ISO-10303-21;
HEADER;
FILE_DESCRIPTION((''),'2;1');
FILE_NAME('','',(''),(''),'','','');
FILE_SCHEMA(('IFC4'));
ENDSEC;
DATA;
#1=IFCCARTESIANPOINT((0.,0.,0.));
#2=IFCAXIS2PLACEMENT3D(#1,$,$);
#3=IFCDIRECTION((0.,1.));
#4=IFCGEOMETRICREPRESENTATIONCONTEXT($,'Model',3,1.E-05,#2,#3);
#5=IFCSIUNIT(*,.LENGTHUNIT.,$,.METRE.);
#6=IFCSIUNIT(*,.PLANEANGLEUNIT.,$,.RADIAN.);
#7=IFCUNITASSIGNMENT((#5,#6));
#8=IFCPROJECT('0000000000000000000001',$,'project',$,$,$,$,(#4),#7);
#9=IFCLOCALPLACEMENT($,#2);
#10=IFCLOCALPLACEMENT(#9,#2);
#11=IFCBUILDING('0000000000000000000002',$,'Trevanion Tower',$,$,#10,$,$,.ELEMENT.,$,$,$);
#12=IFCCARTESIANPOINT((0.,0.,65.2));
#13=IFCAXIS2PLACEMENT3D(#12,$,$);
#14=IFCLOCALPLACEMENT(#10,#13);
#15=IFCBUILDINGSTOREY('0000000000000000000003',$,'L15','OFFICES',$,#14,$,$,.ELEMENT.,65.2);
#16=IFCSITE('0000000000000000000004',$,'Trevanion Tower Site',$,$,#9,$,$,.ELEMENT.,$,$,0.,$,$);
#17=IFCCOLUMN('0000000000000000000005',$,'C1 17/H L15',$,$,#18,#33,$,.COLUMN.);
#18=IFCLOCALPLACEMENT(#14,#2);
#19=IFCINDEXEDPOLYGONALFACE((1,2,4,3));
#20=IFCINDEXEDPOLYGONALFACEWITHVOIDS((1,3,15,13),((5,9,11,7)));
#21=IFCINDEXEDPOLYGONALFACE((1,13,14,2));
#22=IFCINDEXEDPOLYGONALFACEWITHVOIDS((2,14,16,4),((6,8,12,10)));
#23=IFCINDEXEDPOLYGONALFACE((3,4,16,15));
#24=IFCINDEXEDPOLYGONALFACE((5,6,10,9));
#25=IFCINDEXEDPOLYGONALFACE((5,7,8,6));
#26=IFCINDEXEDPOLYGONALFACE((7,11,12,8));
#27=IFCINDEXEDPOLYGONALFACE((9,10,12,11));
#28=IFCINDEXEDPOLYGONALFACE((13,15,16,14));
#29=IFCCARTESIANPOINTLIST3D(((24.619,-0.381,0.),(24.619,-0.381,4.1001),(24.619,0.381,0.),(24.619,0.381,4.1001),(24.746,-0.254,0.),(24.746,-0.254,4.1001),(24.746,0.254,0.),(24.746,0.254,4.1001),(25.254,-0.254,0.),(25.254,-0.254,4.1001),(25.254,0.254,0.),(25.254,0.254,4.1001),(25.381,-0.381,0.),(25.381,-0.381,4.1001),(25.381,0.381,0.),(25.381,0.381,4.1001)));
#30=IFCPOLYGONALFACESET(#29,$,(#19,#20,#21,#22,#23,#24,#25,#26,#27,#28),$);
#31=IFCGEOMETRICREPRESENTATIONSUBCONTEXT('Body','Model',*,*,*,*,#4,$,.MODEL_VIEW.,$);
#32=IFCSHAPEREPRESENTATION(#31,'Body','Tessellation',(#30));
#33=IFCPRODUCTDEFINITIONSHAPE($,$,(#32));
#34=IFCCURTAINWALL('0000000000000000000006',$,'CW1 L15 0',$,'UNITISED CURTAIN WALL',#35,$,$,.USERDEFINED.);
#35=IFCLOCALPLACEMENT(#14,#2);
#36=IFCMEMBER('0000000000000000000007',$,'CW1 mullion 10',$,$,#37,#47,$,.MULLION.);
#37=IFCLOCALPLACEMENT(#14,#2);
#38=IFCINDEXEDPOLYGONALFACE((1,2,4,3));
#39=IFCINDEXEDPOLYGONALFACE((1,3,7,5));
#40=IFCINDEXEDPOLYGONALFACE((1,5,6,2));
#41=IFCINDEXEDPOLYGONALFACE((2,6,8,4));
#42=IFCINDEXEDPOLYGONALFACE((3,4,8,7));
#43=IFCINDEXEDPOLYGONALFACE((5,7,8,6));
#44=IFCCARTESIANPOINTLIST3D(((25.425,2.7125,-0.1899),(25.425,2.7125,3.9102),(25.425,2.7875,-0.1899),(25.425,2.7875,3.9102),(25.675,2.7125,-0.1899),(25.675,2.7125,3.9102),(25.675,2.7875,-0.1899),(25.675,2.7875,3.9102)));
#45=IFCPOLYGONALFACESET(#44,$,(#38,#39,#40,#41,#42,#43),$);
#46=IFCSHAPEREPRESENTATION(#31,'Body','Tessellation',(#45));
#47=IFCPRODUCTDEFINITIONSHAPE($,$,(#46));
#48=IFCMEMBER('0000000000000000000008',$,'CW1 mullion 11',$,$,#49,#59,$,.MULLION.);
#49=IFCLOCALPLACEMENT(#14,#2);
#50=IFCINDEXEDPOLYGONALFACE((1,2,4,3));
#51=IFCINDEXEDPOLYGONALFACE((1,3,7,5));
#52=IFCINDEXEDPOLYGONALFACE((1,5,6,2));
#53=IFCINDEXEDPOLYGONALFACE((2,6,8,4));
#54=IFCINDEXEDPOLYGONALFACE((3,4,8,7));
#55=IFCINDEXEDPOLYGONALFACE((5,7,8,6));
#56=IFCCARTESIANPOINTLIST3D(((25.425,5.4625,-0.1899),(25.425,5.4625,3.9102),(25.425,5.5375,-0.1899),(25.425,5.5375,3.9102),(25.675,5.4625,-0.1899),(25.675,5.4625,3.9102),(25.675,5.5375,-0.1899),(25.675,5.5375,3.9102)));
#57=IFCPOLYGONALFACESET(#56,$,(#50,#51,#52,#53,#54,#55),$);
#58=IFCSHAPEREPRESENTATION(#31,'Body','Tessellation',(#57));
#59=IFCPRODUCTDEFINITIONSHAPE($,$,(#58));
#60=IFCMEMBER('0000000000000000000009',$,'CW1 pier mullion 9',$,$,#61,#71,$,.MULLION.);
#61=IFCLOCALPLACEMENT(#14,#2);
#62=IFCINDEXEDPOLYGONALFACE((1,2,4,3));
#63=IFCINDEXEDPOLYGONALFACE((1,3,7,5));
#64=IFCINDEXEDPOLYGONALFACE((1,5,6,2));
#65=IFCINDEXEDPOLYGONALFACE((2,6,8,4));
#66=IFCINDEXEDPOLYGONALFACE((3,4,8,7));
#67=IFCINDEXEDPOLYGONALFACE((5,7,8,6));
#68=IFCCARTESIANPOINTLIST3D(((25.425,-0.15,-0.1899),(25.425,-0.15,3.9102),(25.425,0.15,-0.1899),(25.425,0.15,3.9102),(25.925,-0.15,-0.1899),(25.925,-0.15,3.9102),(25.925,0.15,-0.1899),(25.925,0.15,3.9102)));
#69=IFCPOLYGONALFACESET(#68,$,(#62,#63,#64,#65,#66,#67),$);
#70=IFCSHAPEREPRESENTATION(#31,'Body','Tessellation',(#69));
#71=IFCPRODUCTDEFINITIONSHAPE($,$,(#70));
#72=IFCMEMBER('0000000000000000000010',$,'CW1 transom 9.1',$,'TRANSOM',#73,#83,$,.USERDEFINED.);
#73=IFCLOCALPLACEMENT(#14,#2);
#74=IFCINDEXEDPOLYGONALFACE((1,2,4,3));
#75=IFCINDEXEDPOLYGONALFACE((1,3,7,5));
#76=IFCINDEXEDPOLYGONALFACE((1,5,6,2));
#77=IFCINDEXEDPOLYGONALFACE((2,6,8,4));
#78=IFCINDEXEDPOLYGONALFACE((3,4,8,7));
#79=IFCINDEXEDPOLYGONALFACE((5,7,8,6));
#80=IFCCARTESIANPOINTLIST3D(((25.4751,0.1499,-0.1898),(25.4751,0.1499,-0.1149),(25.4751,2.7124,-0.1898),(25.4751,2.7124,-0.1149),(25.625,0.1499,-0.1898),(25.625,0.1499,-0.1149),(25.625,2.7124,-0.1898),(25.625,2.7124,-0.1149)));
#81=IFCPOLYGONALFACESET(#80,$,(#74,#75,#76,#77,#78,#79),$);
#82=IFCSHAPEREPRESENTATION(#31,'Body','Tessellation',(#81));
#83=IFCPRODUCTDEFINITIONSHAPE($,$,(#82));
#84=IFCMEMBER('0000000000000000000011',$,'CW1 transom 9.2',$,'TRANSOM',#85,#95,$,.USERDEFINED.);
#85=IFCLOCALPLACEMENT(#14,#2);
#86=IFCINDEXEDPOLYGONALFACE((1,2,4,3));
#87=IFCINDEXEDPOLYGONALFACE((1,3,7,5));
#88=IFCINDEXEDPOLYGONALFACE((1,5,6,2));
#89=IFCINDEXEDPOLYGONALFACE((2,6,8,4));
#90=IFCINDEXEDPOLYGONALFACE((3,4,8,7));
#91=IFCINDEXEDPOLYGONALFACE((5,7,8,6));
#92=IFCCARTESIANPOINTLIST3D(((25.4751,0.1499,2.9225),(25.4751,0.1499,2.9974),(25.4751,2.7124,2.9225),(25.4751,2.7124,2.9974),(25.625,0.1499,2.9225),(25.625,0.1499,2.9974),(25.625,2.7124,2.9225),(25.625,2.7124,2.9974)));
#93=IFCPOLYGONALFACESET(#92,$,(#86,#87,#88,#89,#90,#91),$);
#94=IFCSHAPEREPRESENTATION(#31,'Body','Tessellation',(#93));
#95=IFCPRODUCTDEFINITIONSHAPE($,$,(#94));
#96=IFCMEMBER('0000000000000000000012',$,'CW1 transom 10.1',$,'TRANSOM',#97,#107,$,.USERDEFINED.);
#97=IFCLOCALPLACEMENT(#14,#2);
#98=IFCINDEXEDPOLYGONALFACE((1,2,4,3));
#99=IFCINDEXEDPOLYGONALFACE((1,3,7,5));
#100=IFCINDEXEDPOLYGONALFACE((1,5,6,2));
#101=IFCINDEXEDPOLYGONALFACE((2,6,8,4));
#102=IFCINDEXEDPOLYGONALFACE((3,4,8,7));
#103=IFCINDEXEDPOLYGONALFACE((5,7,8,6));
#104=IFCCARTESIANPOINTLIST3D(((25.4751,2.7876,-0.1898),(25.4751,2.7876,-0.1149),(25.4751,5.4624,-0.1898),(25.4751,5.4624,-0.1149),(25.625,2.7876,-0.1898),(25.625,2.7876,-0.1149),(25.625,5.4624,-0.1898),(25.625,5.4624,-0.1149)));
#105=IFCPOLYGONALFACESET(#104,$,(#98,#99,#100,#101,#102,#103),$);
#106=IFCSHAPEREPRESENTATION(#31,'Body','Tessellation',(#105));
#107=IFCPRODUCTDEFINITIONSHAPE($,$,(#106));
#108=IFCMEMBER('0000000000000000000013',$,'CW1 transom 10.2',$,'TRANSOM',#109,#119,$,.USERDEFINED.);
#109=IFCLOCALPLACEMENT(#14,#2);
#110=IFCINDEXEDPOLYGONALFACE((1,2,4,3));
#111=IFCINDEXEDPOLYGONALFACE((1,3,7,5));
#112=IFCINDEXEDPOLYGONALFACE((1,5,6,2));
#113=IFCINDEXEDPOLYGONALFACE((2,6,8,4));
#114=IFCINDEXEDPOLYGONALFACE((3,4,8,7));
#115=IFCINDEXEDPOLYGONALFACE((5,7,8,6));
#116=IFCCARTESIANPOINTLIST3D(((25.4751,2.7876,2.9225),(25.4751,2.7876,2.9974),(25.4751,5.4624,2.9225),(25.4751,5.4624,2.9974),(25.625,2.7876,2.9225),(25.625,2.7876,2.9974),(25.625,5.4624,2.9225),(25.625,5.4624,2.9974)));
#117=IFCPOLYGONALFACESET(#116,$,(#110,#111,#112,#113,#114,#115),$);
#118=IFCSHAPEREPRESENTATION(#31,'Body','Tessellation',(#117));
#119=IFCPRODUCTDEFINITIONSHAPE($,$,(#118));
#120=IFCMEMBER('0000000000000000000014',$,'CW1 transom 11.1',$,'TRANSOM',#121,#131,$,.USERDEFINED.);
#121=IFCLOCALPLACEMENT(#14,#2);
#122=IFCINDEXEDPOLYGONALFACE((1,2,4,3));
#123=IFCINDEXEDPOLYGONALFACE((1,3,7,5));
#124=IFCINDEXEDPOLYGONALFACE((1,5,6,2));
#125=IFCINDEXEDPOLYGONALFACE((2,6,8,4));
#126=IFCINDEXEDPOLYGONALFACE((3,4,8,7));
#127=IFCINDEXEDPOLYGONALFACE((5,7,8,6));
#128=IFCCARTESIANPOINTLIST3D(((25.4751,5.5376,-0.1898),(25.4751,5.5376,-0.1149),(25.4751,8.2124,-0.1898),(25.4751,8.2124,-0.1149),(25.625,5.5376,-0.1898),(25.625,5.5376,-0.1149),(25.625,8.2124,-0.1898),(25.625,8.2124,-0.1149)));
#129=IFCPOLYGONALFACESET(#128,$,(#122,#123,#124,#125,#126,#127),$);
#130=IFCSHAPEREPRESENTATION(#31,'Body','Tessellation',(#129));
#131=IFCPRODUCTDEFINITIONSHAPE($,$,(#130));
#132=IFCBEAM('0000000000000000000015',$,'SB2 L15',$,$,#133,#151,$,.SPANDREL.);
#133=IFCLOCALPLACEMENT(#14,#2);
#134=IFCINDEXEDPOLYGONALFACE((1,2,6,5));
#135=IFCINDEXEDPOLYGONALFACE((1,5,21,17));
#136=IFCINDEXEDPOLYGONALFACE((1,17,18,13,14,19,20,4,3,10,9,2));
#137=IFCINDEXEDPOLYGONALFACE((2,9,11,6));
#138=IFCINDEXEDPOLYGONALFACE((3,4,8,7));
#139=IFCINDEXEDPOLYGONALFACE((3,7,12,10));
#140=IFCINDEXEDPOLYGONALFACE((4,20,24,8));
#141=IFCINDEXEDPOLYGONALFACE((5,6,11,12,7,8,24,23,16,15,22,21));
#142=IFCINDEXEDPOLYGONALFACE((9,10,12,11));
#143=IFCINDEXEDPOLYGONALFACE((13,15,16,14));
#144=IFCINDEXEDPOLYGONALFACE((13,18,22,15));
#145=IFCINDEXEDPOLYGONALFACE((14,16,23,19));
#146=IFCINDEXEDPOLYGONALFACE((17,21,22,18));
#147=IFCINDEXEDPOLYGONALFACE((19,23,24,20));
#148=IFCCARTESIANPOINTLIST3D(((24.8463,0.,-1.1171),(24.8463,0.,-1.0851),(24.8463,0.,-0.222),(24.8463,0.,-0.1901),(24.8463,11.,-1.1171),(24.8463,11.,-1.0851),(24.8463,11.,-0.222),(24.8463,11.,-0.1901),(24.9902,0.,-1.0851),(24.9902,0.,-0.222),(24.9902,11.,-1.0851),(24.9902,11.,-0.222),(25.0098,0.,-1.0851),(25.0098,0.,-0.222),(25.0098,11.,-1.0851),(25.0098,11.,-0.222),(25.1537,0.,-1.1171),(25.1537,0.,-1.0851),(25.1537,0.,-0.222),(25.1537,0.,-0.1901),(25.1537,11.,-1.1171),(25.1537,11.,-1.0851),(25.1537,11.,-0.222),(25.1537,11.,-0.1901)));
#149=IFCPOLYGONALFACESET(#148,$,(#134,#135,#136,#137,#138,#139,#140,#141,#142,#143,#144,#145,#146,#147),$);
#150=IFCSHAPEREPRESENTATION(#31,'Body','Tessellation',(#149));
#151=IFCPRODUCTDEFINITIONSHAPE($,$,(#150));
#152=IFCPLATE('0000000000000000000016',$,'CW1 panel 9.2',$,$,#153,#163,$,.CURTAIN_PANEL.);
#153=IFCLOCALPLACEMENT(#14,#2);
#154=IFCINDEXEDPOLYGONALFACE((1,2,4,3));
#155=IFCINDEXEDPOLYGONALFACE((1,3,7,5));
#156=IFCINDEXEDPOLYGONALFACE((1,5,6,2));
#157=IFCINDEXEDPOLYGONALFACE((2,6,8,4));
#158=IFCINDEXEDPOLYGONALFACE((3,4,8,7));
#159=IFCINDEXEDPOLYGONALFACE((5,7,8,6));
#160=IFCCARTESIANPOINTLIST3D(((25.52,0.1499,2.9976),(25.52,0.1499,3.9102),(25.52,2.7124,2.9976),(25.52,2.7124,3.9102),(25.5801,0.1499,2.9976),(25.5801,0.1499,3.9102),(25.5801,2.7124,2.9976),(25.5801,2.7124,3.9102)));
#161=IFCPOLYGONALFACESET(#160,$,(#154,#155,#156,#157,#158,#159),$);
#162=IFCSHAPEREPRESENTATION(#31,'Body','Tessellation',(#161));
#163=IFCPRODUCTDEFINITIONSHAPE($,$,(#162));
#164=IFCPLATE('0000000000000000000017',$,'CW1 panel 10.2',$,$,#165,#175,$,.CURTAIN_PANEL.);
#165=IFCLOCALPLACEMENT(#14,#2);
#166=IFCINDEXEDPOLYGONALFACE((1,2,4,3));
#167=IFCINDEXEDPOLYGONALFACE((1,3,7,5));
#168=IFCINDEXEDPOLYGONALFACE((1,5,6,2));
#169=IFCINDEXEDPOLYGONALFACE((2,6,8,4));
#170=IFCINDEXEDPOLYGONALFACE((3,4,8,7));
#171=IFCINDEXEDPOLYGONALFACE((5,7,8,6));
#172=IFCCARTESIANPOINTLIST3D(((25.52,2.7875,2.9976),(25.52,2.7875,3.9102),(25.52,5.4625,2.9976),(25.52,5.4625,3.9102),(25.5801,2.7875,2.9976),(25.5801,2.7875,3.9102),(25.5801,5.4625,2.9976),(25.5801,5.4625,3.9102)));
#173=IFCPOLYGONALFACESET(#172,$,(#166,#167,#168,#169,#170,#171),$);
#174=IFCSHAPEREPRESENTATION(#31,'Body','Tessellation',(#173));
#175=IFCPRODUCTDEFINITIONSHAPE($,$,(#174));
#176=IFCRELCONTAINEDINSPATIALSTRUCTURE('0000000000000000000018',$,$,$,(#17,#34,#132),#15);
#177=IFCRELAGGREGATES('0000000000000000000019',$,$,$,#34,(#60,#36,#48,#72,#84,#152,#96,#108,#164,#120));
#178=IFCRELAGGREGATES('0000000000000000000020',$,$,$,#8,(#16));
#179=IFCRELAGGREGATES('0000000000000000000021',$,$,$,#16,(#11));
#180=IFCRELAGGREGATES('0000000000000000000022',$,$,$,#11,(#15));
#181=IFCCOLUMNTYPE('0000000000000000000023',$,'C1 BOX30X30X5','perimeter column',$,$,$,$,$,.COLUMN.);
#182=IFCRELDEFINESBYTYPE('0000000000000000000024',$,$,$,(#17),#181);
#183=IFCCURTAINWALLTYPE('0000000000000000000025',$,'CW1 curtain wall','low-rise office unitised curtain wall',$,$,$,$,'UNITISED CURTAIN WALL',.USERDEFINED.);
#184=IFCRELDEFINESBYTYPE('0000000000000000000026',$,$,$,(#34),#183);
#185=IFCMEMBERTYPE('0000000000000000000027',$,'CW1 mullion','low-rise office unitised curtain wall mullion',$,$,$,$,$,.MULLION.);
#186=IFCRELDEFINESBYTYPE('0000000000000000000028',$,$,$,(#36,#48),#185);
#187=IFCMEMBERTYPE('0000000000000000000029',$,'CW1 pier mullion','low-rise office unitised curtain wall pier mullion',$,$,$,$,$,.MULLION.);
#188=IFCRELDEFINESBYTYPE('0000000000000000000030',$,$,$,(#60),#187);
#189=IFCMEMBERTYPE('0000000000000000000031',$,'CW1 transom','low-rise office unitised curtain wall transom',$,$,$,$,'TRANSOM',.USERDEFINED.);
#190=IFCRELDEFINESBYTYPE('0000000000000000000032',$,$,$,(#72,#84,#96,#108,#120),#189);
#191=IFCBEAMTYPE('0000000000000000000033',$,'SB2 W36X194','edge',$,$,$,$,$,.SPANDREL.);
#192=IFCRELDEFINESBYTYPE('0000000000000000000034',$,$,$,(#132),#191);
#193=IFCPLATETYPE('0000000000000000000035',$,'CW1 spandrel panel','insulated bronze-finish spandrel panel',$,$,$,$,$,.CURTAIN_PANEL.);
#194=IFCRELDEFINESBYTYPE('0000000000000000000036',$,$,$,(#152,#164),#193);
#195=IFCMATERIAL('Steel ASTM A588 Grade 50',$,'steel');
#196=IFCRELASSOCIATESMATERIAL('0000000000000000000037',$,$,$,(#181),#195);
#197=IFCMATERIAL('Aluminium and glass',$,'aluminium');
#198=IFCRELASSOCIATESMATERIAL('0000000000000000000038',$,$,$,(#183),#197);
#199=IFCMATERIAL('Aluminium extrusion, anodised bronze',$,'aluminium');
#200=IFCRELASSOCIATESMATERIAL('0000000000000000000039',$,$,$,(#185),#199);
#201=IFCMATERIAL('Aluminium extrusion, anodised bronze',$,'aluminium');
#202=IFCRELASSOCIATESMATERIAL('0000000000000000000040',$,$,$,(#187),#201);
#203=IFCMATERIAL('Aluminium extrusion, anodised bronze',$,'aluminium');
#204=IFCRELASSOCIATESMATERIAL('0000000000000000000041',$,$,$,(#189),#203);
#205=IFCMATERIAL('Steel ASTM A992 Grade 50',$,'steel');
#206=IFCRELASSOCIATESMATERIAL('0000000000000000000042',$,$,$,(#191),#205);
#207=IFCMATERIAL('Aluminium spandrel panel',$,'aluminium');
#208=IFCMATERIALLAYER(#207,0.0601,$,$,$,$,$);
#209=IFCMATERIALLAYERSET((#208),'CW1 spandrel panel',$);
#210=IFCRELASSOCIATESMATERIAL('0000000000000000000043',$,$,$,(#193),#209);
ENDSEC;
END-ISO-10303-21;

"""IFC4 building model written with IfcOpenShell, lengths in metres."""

from ifc_helpers import new_model, si_unit, direction, frame, origin, origin_2d, place, context, subcontext, project, spatial, rectangle, hollow_rectangle, i_section, extrude, material, layer, layer_set, material_profile, profile_set, type_object, element, aggregate, save


model = new_model("IFC4")

# Units and contexts
model_context = context("Model", 3, precision=1e-05, world=origin(), true_north=direction((0.0, 1.0)))
body_context = subcontext(model_context, "Body", "Model", "MODEL_VIEW")
ifc_project = project(units=[si_unit("LENGTHUNIT", "METRE"), si_unit("PLANEANGLEUNIT", "RADIAN")], contexts=[model_context])

# Site, building, storey
site_placement = place(None, origin())
site = spatial("IfcSite", under=ifc_project, at=site_placement, Name="Trevanion Tower Site", CompositionType="ELEMENT", RefElevation=0.0)
building_placement = place(site_placement, origin())
building = spatial("IfcBuilding", under=site, at=building_placement, Name="Trevanion Tower", CompositionType="ELEMENT")
storey_placement = place(building_placement, frame((0.0, 0.0, 65.2)))
storey = spatial("IfcBuildingStorey", under=building, at=storey_placement, Name="L15", Description="OFFICES", CompositionType="ELEMENT", Elevation=65.2)

# Column
ifc_material_1 = material(Name="Steel ASTM A588 Grade 50", Category="steel")
ifc_material_profile_1 = material_profile(ifc_material_1, hollow_rectangle(XDim=0.762, YDim=0.762, WallThickness=0.127, at=origin_2d()), Name="BOX30X30X5")
ifc_profile_set_1 = profile_set([ifc_material_profile_1], Name="Steel ASTM A588 Grade 50")
column_type = type_object("IfcColumnType", Name="C1 BOX30X30X5", Description="perimeter column", PredefinedType="COLUMN", material=ifc_profile_set_1)
column_placement = place(storey_placement, frame((25.0, 0.0, 0.0), z_axis=(0.0, 0.0, 1.0), x_axis=(0.0, 1.0, 0.0)))
element("IfcColumn", 1, at=column_placement, inside=storey, type_object=column_type, Name="C1 17/H L15", PredefinedType="COLUMN", context=body_context, shape_type="SweptSolid", body=[
    extrude(hollow_rectangle(XDim=0.762, YDim=0.762, WallThickness=0.127, at=origin_2d()), origin(), (0.0, 0.0, 1.0), 4.1001),
])

# Curtain wall, members
ifc_material_2 = material(Name="Aluminium and glass", Category="aluminium")
curtain_wall_type = type_object("IfcCurtainWallType", Name="CW1 curtain wall", Description="low-rise office unitised curtain wall", ElementType="UNITISED CURTAIN WALL", PredefinedType="USERDEFINED", material=ifc_material_2)
curtain_wall_placement = place(storey_placement, origin())
curtain_wall = element("IfcCurtainWall", 2, at=curtain_wall_placement, inside=storey, type_object=curtain_wall_type, Name="CW1 L15 0", ObjectType="UNITISED CURTAIN WALL", PredefinedType="USERDEFINED")
ifc_material_3 = material(Name="Aluminium extrusion, anodised bronze", Category="aluminium")
ifc_material_profile_2 = material_profile(ifc_material_3, rectangle(XDim=0.075, YDim=0.25, at=origin_2d()), Name="CW1 mullion")
ifc_profile_set_2 = profile_set([ifc_material_profile_2], Name="Aluminium extrusion, anodised bronze")
member_type_1 = type_object("IfcMemberType", Name="CW1 mullion", Description="low-rise office unitised curtain wall mullion", PredefinedType="MULLION", material=ifc_profile_set_2)
member_1_placement = place(storey_placement, frame((25.55, 2.75, -0.1899), z_axis=(0.0, 0.0, 1.0), x_axis=(0.0, 1.0, 0.0)))
member_1 = element("IfcMember", 3, at=member_1_placement, type_object=member_type_1, Name="CW1 mullion 10", PredefinedType="MULLION", context=body_context, shape_type="SweptSolid", body=[
    extrude(rectangle(XDim=0.075, YDim=0.25, at=origin_2d()), origin(), (0.0, 0.0, 1.0), 4.1001),
])
member_2_placement = place(storey_placement, frame((25.55, 5.5, -0.1899), z_axis=(0.0, 0.0, 1.0), x_axis=(0.0, 1.0, 0.0)))
member_2 = element("IfcMember", 4, at=member_2_placement, type_object=member_type_1, Name="CW1 mullion 11", PredefinedType="MULLION", context=body_context, shape_type="SweptSolid", body=[
    extrude(rectangle(XDim=0.075, YDim=0.25, at=origin_2d()), origin(), (0.0, 0.0, 1.0), 4.1001),
])
ifc_material_4 = material(Name="Aluminium extrusion, anodised bronze", Category="aluminium")
ifc_material_profile_3 = material_profile(ifc_material_4, rectangle(XDim=0.3, YDim=0.5, at=origin_2d()), Name="CW1 pier mullion")
ifc_profile_set_3 = profile_set([ifc_material_profile_3], Name="Aluminium extrusion, anodised bronze")
member_type_2 = type_object("IfcMemberType", Name="CW1 pier mullion", Description="low-rise office unitised curtain wall pier mullion", PredefinedType="MULLION", material=ifc_profile_set_3)
member_3_placement = place(storey_placement, frame((25.675, 0.0, -0.1899), z_axis=(0.0, 0.0, 1.0), x_axis=(0.0, 1.0, 0.0)))
member_3 = element("IfcMember", 5, at=member_3_placement, type_object=member_type_2, Name="CW1 pier mullion 9", PredefinedType="MULLION", context=body_context, shape_type="SweptSolid", body=[
    extrude(rectangle(XDim=0.3, YDim=0.5, at=origin_2d()), origin(), (0.0, 0.0, 1.0), 4.1001),
])
ifc_material_5 = material(Name="Aluminium extrusion, anodised bronze", Category="aluminium")
ifc_material_profile_4 = material_profile(ifc_material_5, rectangle(XDim=0.1499, YDim=0.075, at=origin_2d()), Name="CW1 transom")
ifc_profile_set_4 = profile_set([ifc_material_profile_4], Name="Aluminium extrusion, anodised bronze")
member_type_3 = type_object("IfcMemberType", Name="CW1 transom", Description="low-rise office unitised curtain wall transom", ElementType="TRANSOM", PredefinedType="USERDEFINED", material=ifc_profile_set_4)
member_4_placement = place(storey_placement, frame((25.55, 0.1499, -0.1523), z_axis=(0.0, 1.0, 0.0), x_axis=(-1.0, 0.0, 0.0)))
member_4 = element("IfcMember", 6, at=member_4_placement, type_object=member_type_3, Name="CW1 transom 9.1", ObjectType="TRANSOM", PredefinedType="USERDEFINED", context=body_context, shape_type="SweptSolid", body=[
    extrude(rectangle(XDim=0.1499, YDim=0.075, at=origin_2d()), origin(), (0.0, 0.0, 1.0), 2.5625),
])
member_5_placement = place(storey_placement, frame((25.55, 0.1499, 2.96), z_axis=(0.0, 1.0, 0.0), x_axis=(-1.0, 0.0, 0.0)))
member_5 = element("IfcMember", 7, at=member_5_placement, type_object=member_type_3, Name="CW1 transom 9.2", ObjectType="TRANSOM", PredefinedType="USERDEFINED", context=body_context, shape_type="SweptSolid", body=[
    extrude(rectangle(XDim=0.1499, YDim=0.075, at=origin_2d()), origin(), (0.0, 0.0, 1.0), 2.5625),
])
member_6_placement = place(storey_placement, frame((25.55, 2.7876, -0.1523), z_axis=(0.0, 1.0, 0.0), x_axis=(-1.0, 0.0, 0.0)))
member_6 = element("IfcMember", 8, at=member_6_placement, type_object=member_type_3, Name="CW1 transom 10.1", ObjectType="TRANSOM", PredefinedType="USERDEFINED", context=body_context, shape_type="SweptSolid", body=[
    extrude(rectangle(XDim=0.1499, YDim=0.075, at=origin_2d()), origin(), (0.0, 0.0, 1.0), 2.6748),
])
member_7_placement = place(storey_placement, frame((25.55, 2.7876, 2.96), z_axis=(0.0, 1.0, 0.0), x_axis=(-1.0, 0.0, 0.0)))
member_7 = element("IfcMember", 9, at=member_7_placement, type_object=member_type_3, Name="CW1 transom 10.2", ObjectType="TRANSOM", PredefinedType="USERDEFINED", context=body_context, shape_type="SweptSolid", body=[
    extrude(rectangle(XDim=0.1499, YDim=0.075, at=origin_2d()), origin(), (0.0, 0.0, 1.0), 2.6748),
])
member_8_placement = place(storey_placement, frame((25.55, 5.5376, -0.1523), z_axis=(0.0, 1.0, 0.0), x_axis=(-1.0, 0.0, 0.0)))
member_8 = element("IfcMember", 10, at=member_8_placement, type_object=member_type_3, Name="CW1 transom 11.1", ObjectType="TRANSOM", PredefinedType="USERDEFINED", context=body_context, shape_type="SweptSolid", body=[
    extrude(rectangle(XDim=0.1499, YDim=0.075, at=origin_2d()), origin(), (0.0, 0.0, 1.0), 2.6748),
])

# Beam
ifc_material_6 = material(Name="Steel ASTM A992 Grade 50", Category="steel")
ifc_material_profile_5 = material_profile(ifc_material_6, i_section(OverallWidth=0.3074, OverallDepth=0.927, WebThickness=0.0195, FlangeThickness=0.032, at=origin_2d()), Name="W36X194")
ifc_profile_set_5 = profile_set([ifc_material_profile_5], Name="Steel ASTM A992 Grade 50")
beam_type = type_object("IfcBeamType", Name="SB2 W36X194", Description="edge", PredefinedType="SPANDREL", material=ifc_profile_set_5)
beam_placement = place(storey_placement, frame((25.0, 0.0, -0.6536), z_axis=(0.0, 1.0, 0.0), x_axis=(-1.0, 0.0, 0.0)))
element("IfcBeam", 11, at=beam_placement, inside=storey, type_object=beam_type, Name="SB2 L15", PredefinedType="SPANDREL", context=body_context, shape_type="SweptSolid", body=[
    extrude(i_section(OverallWidth=0.3074, OverallDepth=0.927, WebThickness=0.0195, FlangeThickness=0.032, at=origin_2d()), origin(), (0.0, 0.0, 1.0), 11.0),
])

# Plates
ifc_material_7 = material(Name="Aluminium spandrel panel", Category="aluminium")
ifc_layer_1 = layer(ifc_material_7, 0.0601)
ifc_layer_set_1 = layer_set([ifc_layer_1], Name="CW1 spandrel panel")
plate_type_1 = type_object("IfcPlateType", Name="CW1 spandrel panel", Description="insulated bronze-finish spandrel panel", PredefinedType="CURTAIN_PANEL", material=ifc_layer_set_1)
plate_1_placement = place(storey_placement, frame((25.55, 1.4312, 2.9976), z_axis=(0.0, 0.0, 1.0), x_axis=(0.0, 1.0, 0.0)))
plate_1 = element("IfcPlate", 12, at=plate_1_placement, type_object=plate_type_1, Name="CW1 panel 9.2", PredefinedType="CURTAIN_PANEL", context=body_context, shape_type="SweptSolid", body=[
    extrude(rectangle(XDim=2.5625, YDim=0.0601, at=origin_2d()), origin(), (0.0, 0.0, 1.0), 0.9126),
])
plate_2_placement = place(storey_placement, frame((25.55, 4.125, 2.9976), z_axis=(0.0, 0.0, 1.0), x_axis=(0.0, 1.0, 0.0)))
plate_2 = element("IfcPlate", 13, at=plate_2_placement, type_object=plate_type_1, Name="CW1 panel 10.2", PredefinedType="CURTAIN_PANEL", context=body_context, shape_type="SweptSolid", body=[
    extrude(rectangle(XDim=2.675, YDim=0.0601, at=origin_2d()), origin(), (0.0, 0.0, 1.0), 0.9126),
])
aggregate(curtain_wall, [member_3, member_1, member_2, member_4, member_5, plate_1, member_6, member_7, plate_2, member_8])

save(model, "model.ifc")
